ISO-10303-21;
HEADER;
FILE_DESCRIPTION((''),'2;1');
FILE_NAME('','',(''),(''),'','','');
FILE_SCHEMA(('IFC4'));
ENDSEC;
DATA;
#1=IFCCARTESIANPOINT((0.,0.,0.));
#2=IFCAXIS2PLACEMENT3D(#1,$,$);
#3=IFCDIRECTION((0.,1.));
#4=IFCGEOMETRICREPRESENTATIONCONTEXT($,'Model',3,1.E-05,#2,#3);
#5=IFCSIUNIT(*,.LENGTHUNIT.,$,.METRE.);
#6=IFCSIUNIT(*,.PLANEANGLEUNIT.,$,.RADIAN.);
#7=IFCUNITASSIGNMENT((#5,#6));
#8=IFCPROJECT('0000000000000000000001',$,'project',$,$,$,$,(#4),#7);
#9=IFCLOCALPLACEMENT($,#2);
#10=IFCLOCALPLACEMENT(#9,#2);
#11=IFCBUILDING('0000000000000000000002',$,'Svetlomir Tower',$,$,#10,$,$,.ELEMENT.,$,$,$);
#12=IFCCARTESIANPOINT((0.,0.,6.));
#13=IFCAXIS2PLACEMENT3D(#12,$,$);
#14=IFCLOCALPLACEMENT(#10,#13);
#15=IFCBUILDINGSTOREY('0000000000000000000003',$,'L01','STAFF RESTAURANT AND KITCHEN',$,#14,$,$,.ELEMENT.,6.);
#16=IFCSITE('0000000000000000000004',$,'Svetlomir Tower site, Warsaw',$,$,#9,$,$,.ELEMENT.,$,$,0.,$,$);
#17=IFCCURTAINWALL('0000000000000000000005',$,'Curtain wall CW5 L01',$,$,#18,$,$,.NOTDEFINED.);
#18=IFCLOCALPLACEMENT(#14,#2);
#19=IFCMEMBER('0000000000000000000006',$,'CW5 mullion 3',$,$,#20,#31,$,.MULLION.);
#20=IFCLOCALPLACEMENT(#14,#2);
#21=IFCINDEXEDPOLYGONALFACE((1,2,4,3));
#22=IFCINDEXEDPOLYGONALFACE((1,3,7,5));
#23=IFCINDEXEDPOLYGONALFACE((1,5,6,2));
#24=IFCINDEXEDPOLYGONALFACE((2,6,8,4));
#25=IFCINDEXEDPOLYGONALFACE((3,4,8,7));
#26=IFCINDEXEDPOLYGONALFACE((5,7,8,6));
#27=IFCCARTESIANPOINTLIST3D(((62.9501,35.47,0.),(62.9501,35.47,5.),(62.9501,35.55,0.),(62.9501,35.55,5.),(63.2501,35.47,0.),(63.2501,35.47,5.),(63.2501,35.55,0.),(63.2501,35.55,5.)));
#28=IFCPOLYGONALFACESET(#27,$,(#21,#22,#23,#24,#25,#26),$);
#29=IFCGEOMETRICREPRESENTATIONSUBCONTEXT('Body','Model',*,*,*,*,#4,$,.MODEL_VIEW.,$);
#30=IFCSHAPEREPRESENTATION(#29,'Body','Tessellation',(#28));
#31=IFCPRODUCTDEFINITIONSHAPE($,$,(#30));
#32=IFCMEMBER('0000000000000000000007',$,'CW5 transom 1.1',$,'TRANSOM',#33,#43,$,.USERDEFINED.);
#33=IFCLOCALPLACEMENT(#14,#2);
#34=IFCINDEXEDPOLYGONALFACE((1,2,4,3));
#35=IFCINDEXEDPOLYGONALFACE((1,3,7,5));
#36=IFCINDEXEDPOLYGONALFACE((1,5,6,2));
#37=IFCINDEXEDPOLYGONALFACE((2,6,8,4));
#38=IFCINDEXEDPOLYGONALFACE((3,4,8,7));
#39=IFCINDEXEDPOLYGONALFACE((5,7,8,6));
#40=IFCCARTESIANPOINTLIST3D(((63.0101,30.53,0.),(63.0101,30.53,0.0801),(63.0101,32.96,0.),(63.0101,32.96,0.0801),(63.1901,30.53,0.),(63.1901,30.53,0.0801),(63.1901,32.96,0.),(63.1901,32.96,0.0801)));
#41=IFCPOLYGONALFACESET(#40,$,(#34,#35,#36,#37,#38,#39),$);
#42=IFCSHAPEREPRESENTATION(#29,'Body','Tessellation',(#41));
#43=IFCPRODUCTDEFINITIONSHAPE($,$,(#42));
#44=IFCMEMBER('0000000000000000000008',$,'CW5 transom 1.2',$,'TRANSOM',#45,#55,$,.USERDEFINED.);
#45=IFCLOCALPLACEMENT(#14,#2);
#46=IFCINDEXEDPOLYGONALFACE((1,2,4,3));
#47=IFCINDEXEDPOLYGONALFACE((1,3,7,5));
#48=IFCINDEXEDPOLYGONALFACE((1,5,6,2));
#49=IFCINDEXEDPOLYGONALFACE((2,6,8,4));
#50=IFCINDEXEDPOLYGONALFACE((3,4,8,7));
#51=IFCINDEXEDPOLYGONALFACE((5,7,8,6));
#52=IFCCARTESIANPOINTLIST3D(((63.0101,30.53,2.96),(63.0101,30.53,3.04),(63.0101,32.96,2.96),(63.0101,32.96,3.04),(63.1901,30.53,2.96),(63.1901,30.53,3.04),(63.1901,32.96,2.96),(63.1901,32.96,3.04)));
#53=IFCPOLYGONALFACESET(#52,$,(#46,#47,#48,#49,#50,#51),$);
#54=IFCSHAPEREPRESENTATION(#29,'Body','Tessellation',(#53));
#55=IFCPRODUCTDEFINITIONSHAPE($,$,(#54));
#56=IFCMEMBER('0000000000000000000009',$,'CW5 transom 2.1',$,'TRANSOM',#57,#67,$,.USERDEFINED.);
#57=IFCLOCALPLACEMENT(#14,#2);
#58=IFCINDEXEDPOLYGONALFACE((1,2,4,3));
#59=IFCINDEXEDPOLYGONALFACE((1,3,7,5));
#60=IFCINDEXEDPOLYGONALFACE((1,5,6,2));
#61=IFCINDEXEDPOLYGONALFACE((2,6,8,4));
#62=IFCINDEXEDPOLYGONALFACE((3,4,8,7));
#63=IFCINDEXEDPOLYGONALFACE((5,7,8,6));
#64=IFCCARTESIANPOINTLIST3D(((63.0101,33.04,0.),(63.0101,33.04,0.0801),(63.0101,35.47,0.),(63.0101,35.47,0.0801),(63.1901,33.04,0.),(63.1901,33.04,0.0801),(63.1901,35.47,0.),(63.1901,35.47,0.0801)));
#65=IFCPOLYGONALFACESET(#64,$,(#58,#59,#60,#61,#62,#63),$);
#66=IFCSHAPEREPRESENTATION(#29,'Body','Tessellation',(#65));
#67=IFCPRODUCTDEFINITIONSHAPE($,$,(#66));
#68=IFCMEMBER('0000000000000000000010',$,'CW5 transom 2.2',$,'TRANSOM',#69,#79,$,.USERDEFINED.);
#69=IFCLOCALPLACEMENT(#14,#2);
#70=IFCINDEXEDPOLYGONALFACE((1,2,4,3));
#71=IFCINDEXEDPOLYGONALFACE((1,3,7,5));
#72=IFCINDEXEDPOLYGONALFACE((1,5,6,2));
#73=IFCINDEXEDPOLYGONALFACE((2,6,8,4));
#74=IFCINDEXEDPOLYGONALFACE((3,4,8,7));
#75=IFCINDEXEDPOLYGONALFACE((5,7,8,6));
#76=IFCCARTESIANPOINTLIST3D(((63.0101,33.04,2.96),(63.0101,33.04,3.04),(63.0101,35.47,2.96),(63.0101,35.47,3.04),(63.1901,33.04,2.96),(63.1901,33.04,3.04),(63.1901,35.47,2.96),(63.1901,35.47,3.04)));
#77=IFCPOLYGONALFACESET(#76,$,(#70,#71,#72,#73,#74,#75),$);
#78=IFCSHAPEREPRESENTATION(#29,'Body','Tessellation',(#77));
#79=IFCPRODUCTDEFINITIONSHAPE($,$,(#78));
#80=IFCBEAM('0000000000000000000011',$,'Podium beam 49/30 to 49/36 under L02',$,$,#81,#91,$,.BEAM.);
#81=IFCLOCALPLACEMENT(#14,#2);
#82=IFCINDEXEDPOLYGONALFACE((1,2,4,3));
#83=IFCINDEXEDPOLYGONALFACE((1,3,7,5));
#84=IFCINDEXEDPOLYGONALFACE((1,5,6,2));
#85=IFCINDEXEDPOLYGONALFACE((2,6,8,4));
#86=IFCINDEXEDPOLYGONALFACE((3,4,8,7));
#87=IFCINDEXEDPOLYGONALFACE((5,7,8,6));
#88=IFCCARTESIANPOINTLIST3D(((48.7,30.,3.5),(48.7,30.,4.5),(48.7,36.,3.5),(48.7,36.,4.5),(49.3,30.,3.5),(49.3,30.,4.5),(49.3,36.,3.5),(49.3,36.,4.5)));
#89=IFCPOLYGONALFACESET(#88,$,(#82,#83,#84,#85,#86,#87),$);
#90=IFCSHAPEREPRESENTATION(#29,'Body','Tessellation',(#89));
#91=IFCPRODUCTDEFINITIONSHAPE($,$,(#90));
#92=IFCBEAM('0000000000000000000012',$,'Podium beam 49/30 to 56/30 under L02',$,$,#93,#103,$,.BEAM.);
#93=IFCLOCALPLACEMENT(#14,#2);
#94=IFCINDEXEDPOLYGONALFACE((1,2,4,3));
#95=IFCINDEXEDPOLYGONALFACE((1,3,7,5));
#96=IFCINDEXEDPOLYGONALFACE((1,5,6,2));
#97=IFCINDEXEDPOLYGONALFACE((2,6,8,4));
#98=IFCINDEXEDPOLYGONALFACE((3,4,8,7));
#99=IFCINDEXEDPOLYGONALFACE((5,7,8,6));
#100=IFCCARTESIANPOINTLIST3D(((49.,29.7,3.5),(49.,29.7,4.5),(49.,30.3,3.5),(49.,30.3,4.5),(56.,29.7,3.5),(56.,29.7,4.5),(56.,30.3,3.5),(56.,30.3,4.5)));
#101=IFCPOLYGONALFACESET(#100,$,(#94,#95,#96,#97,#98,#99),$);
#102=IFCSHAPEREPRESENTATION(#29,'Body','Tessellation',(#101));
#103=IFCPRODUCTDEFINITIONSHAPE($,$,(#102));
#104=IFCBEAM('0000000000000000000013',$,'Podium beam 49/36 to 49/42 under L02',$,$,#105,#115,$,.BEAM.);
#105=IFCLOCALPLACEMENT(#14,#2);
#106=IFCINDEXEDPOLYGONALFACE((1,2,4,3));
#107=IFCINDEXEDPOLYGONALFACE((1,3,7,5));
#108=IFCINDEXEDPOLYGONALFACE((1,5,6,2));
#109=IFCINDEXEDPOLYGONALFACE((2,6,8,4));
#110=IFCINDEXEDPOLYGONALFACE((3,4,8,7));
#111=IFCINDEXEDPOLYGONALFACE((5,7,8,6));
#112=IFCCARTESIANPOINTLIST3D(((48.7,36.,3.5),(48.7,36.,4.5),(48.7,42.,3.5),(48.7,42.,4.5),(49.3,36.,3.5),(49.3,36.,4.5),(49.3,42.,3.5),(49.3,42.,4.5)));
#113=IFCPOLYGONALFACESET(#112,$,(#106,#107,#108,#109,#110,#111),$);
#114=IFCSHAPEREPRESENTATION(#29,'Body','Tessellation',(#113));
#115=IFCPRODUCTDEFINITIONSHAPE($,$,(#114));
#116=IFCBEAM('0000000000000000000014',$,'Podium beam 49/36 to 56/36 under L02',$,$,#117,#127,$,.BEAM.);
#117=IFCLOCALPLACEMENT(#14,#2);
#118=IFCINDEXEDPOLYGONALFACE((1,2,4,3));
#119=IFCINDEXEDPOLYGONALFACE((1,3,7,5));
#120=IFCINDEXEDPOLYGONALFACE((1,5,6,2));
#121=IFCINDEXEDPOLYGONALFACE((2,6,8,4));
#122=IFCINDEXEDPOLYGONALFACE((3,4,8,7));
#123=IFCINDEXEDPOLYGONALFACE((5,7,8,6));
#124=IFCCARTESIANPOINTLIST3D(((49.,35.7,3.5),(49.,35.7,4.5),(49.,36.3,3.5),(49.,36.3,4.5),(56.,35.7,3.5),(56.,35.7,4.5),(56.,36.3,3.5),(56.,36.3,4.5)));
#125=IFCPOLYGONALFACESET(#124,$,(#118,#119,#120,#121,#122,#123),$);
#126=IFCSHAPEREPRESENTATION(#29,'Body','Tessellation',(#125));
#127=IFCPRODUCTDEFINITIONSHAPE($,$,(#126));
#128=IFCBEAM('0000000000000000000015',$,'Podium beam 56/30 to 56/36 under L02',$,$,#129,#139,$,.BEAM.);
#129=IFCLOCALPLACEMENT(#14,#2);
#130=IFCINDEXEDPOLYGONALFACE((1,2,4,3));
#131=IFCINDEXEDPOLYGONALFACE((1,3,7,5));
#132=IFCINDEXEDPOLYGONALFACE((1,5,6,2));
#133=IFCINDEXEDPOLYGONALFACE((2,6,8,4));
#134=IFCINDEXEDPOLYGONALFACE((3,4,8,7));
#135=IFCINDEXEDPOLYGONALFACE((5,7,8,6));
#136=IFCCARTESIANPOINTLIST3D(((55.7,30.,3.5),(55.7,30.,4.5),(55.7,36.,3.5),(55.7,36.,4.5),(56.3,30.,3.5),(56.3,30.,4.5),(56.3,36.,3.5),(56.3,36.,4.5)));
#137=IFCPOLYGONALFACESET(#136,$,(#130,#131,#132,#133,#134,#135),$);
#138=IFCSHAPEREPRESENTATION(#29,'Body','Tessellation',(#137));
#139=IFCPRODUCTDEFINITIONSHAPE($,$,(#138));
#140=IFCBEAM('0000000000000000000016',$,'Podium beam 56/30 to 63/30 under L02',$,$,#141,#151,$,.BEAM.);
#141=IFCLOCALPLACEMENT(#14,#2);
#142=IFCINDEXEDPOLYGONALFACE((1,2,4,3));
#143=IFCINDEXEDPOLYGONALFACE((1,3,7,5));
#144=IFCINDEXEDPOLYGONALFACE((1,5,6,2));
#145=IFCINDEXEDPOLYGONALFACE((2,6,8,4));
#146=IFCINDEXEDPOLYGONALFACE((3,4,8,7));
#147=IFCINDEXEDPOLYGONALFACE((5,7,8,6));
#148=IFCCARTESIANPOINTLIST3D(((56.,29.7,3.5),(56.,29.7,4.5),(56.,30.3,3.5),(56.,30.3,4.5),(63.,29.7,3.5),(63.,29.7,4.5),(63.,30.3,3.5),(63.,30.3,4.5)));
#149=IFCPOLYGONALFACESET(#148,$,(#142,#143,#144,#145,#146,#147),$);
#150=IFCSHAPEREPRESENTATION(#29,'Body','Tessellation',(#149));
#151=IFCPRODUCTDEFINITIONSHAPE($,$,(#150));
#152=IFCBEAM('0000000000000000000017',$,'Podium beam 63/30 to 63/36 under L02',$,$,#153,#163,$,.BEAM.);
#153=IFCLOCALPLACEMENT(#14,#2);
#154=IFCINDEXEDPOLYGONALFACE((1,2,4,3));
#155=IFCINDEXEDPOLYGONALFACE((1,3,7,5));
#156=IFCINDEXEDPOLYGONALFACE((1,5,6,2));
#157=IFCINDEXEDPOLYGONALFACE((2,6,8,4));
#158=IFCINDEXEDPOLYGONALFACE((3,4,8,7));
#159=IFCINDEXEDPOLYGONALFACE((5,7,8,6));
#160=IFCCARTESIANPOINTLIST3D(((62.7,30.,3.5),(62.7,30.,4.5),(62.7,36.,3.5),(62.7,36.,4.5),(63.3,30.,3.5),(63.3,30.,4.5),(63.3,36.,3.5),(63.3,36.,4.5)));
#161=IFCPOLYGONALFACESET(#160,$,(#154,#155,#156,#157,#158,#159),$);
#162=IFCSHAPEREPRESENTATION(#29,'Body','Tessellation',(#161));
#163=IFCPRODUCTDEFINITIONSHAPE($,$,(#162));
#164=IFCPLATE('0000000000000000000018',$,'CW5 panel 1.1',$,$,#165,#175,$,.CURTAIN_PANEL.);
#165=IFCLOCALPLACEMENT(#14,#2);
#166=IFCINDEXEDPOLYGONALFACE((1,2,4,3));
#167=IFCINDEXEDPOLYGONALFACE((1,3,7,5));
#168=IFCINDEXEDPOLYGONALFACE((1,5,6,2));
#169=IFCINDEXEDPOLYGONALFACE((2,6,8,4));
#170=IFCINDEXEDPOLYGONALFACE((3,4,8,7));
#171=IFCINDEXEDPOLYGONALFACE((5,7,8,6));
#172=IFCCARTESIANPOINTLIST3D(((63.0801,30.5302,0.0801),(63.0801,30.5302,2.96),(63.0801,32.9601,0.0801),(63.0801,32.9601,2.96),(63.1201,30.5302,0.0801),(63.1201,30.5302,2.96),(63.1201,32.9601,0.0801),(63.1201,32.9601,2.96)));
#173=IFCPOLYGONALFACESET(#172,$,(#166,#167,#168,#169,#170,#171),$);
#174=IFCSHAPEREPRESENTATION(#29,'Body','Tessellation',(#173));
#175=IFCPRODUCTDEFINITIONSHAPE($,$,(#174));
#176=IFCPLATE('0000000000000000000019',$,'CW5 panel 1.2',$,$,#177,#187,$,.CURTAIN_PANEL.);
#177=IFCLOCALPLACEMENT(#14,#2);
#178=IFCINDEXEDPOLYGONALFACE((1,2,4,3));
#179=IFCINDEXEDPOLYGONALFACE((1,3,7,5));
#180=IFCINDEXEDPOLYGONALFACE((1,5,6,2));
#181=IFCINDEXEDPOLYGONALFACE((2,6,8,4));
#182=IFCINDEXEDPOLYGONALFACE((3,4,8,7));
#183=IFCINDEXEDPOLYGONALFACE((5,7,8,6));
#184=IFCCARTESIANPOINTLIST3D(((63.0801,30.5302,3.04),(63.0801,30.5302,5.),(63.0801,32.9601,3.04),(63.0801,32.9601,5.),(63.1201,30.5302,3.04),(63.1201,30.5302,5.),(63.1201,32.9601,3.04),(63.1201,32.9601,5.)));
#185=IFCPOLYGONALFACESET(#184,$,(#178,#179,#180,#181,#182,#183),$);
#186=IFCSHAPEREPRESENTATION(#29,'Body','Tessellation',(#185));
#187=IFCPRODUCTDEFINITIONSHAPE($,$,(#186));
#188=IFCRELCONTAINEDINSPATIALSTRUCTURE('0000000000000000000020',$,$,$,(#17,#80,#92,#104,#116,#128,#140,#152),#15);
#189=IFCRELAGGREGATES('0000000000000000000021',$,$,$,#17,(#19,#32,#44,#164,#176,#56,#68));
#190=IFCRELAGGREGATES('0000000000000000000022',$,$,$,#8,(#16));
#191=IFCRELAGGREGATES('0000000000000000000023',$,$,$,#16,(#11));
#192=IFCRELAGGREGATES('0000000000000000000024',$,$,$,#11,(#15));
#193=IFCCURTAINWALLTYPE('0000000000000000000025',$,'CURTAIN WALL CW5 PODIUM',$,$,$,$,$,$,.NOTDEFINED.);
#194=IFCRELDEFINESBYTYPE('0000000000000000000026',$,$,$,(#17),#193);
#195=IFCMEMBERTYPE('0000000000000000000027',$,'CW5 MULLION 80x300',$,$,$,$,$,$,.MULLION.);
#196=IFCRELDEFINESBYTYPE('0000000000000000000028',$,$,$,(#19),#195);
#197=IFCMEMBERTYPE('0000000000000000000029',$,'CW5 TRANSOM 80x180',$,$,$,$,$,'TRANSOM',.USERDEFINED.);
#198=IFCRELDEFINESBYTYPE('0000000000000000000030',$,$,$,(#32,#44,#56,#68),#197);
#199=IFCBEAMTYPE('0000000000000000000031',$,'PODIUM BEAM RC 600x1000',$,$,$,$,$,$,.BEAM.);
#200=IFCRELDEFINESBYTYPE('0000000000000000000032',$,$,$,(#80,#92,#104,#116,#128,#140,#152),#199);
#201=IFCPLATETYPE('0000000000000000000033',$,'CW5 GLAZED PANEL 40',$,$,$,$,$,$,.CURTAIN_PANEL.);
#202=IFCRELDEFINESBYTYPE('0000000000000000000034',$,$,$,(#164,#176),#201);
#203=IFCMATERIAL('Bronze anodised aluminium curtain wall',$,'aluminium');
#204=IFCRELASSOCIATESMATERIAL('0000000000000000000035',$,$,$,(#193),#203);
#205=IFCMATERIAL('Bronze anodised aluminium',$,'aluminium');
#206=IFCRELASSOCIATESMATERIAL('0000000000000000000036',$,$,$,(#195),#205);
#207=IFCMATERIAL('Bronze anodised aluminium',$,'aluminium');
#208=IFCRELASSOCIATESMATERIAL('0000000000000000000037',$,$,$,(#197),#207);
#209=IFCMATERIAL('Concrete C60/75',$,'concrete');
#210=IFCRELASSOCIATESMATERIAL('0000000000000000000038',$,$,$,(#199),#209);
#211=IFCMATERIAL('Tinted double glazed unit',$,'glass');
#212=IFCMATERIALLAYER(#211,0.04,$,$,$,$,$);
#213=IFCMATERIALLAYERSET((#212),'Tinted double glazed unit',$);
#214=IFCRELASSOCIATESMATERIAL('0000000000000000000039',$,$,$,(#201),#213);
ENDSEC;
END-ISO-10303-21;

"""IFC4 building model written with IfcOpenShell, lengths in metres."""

from ifc_helpers import new_model, si_unit, direction, frame, origin, origin_2d, place, context, subcontext, project, spatial, rectangle, extrude, material, layer, layer_set, material_profile, profile_set, type_object, element, aggregate, save


model = new_model("IFC4")

# Units and contexts
model_context = context("Model", 3, precision=1e-05, world=origin(), true_north=direction((0.0, 1.0)))
body_context = subcontext(model_context, "Body", "Model", "MODEL_VIEW")
ifc_project = project(units=[si_unit("LENGTHUNIT", "METRE"), si_unit("PLANEANGLEUNIT", "RADIAN")], contexts=[model_context])

# Site, building, storey
site_placement = place(None, origin())
site = spatial("IfcSite", under=ifc_project, at=site_placement, Name="Svetlomir Tower site, Warsaw", CompositionType="ELEMENT", RefElevation=0.0)
building_placement = place(site_placement, origin())
building = spatial("IfcBuilding", under=site, at=building_placement, Name="Svetlomir Tower", CompositionType="ELEMENT")
storey_placement = place(building_placement, frame((0.0, 0.0, 6.0)))
storey = spatial("IfcBuildingStorey", under=building, at=storey_placement, Name="L01", Description="STAFF RESTAURANT AND KITCHEN", CompositionType="ELEMENT", Elevation=6.0)

# Curtain wall, members
ifc_material_1 = material(Name="Bronze anodised aluminium curtain wall", Category="aluminium")
curtain_wall_type = type_object("IfcCurtainWallType", Name="CURTAIN WALL CW5 PODIUM", PredefinedType="NOTDEFINED", material=ifc_material_1)
curtain_wall_placement = place(storey_placement, origin())
curtain_wall = element("IfcCurtainWall", 1, at=curtain_wall_placement, inside=storey, type_object=curtain_wall_type, Name="Curtain wall CW5 L01", PredefinedType="NOTDEFINED")
ifc_material_2 = material(Name="Bronze anodised aluminium", Category="aluminium")
ifc_material_profile_1 = material_profile(ifc_material_2, rectangle(XDim=0.0801, YDim=0.3, at=origin_2d()), Name="AL 80x300")
ifc_profile_set_1 = profile_set([ifc_material_profile_1], Name="Bronze anodised aluminium 6063-T6")
member_type_1 = type_object("IfcMemberType", Name="CW5 MULLION 80x300", PredefinedType="MULLION", material=ifc_profile_set_1)
member_1_placement = place(storey_placement, frame((63.1001, 35.51, 0.0), z_axis=(0.0, 0.0, 1.0), x_axis=(0.0, 1.0, 0.0)))
member_1 = element("IfcMember", 2, at=member_1_placement, type_object=member_type_1, Name="CW5 mullion 3", PredefinedType="MULLION", context=body_context, shape_type="SweptSolid", body=[
    extrude(rectangle(XDim=0.0801, YDim=0.3, at=origin_2d()), origin(), (0.0, 0.0, 1.0), 5.0),
])
ifc_material_3 = material(Name="Bronze anodised aluminium", Category="aluminium")
ifc_material_profile_2 = material_profile(ifc_material_3, rectangle(XDim=0.1799, YDim=0.0801, at=origin_2d()), Name="AL 180x80")
ifc_profile_set_2 = profile_set([ifc_material_profile_2], Name="Bronze anodised aluminium 6063-T6")
member_type_2 = type_object("IfcMemberType", Name="CW5 TRANSOM 80x180", ElementType="TRANSOM", PredefinedType="USERDEFINED", material=ifc_profile_set_2)
member_2_placement = place(storey_placement, frame((63.1001, 30.53, 0.04), z_axis=(0.0, 1.0, 0.0), x_axis=(-1.0, 0.0, 0.0)))
member_2 = element("IfcMember", 3, at=member_2_placement, type_object=member_type_2, Name="CW5 transom 1.1", ObjectType="TRANSOM", PredefinedType="USERDEFINED", context=body_context, shape_type="SweptSolid", body=[
    extrude(rectangle(XDim=0.1799, YDim=0.0801, at=origin_2d()), origin(), (0.0, 0.0, 1.0), 2.4299),
])
member_3_placement = place(storey_placement, frame((63.1001, 30.53, 3.0), z_axis=(0.0, 1.0, 0.0), x_axis=(-1.0, 0.0, 0.0)))
member_3 = element("IfcMember", 4, at=member_3_placement, type_object=member_type_2, Name="CW5 transom 1.2", ObjectType="TRANSOM", PredefinedType="USERDEFINED", context=body_context, shape_type="SweptSolid", body=[
    extrude(rectangle(XDim=0.1799, YDim=0.0801, at=origin_2d()), origin(), (0.0, 0.0, 1.0), 2.4299),
])
member_4_placement = place(storey_placement, frame((63.1001, 33.04, 0.04), z_axis=(0.0, 1.0, 0.0), x_axis=(-1.0, 0.0, 0.0)))
member_4 = element("IfcMember", 5, at=member_4_placement, type_object=member_type_2, Name="CW5 transom 2.1", ObjectType="TRANSOM", PredefinedType="USERDEFINED", context=body_context, shape_type="SweptSolid", body=[
    extrude(rectangle(XDim=0.1799, YDim=0.0801, at=origin_2d()), origin(), (0.0, 0.0, 1.0), 2.4299),
])
member_5_placement = place(storey_placement, frame((63.1001, 33.04, 3.0), z_axis=(0.0, 1.0, 0.0), x_axis=(-1.0, 0.0, 0.0)))
member_5 = element("IfcMember", 6, at=member_5_placement, type_object=member_type_2, Name="CW5 transom 2.2", ObjectType="TRANSOM", PredefinedType="USERDEFINED", context=body_context, shape_type="SweptSolid", body=[
    extrude(rectangle(XDim=0.1799, YDim=0.0801, at=origin_2d()), origin(), (0.0, 0.0, 1.0), 2.4299),
])

# Beams
ifc_material_4 = material(Name="Concrete C60/75", Category="concrete")
ifc_material_profile_3 = material_profile(ifc_material_4, rectangle(XDim=0.6001, YDim=1.0, at=origin_2d()), Name="RC 600x1000")
ifc_profile_set_3 = profile_set([ifc_material_profile_3], Name="Concrete C60/75")
beam_type = type_object("IfcBeamType", Name="PODIUM BEAM RC 600x1000", PredefinedType="BEAM", material=ifc_profile_set_3)
beam_1_placement = place(storey_placement, frame((49.0, 30.0, 4.0), z_axis=(0.0, 1.0, 0.0), x_axis=(-1.0, 0.0, 0.0)))
element("IfcBeam", 7, at=beam_1_placement, inside=storey, type_object=beam_type, Name="Podium beam 49/30 to 49/36 under L02", PredefinedType="BEAM", context=body_context, shape_type="SweptSolid", body=[
    extrude(rectangle(XDim=0.6001, YDim=1.0, at=origin_2d()), origin(), (0.0, 0.0, 1.0), 6.0),
])
beam_2_placement = place(storey_placement, frame((49.0, 30.0, 4.0), z_axis=(1.0, 0.0, 0.0), x_axis=(0.0, 1.0, 0.0)))
element("IfcBeam", 8, at=beam_2_placement, inside=storey, type_object=beam_type, Name="Podium beam 49/30 to 56/30 under L02", PredefinedType="BEAM", context=body_context, shape_type="SweptSolid", body=[
    extrude(rectangle(XDim=0.6001, YDim=1.0, at=origin_2d()), origin(), (0.0, 0.0, 1.0), 7.0),
])
beam_3_placement = place(storey_placement, frame((49.0, 36.0, 4.0), z_axis=(0.0, 1.0, 0.0), x_axis=(-1.0, 0.0, 0.0)))
element("IfcBeam", 9, at=beam_3_placement, inside=storey, type_object=beam_type, Name="Podium beam 49/36 to 49/42 under L02", PredefinedType="BEAM", context=body_context, shape_type="SweptSolid", body=[
    extrude(rectangle(XDim=0.6001, YDim=1.0, at=origin_2d()), origin(), (0.0, 0.0, 1.0), 6.0),
])
beam_4_placement = place(storey_placement, frame((49.0, 36.0, 4.0), z_axis=(1.0, 0.0, 0.0), x_axis=(0.0, 1.0, 0.0)))
element("IfcBeam", 10, at=beam_4_placement, inside=storey, type_object=beam_type, Name="Podium beam 49/36 to 56/36 under L02", PredefinedType="BEAM", context=body_context, shape_type="SweptSolid", body=[
    extrude(rectangle(XDim=0.6001, YDim=1.0, at=origin_2d()), origin(), (0.0, 0.0, 1.0), 7.0),
])
beam_5_placement = place(storey_placement, frame((56.0, 30.0, 4.0), z_axis=(0.0, 1.0, 0.0), x_axis=(-1.0, 0.0, 0.0)))
element("IfcBeam", 11, at=beam_5_placement, inside=storey, type_object=beam_type, Name="Podium beam 56/30 to 56/36 under L02", PredefinedType="BEAM", context=body_context, shape_type="SweptSolid", body=[
    extrude(rectangle(XDim=0.6001, YDim=1.0, at=origin_2d()), origin(), (0.0, 0.0, 1.0), 6.0),
])
beam_6_placement = place(storey_placement, frame((56.0, 30.0, 4.0), z_axis=(1.0, 0.0, 0.0), x_axis=(0.0, 1.0, 0.0)))
element("IfcBeam", 12, at=beam_6_placement, inside=storey, type_object=beam_type, Name="Podium beam 56/30 to 63/30 under L02", PredefinedType="BEAM", context=body_context, shape_type="SweptSolid", body=[
    extrude(rectangle(XDim=0.6001, YDim=1.0, at=origin_2d()), origin(), (0.0, 0.0, 1.0), 7.0),
])
beam_7_placement = place(storey_placement, frame((63.0, 30.0, 4.0), z_axis=(0.0, 1.0, 0.0), x_axis=(-1.0, 0.0, 0.0)))
element("IfcBeam", 13, at=beam_7_placement, inside=storey, type_object=beam_type, Name="Podium beam 63/30 to 63/36 under L02", PredefinedType="BEAM", context=body_context, shape_type="SweptSolid", body=[
    extrude(rectangle(XDim=0.6001, YDim=1.0, at=origin_2d()), origin(), (0.0, 0.0, 1.0), 6.0),
])

# Plates
ifc_material_5 = material(Name="Tinted double glazed unit", Category="glass")
ifc_layer_1 = layer(ifc_material_5, 0.04)
ifc_layer_set_1 = layer_set([ifc_layer_1], Name="Tinted double glazed unit")
plate_type = type_object("IfcPlateType", Name="CW5 GLAZED PANEL 40", PredefinedType="CURTAIN_PANEL", material=ifc_layer_set_1)
plate_1_placement = place(storey_placement, frame((63.1001, 31.7451, 0.0801), z_axis=(0.0, 0.0, 1.0), x_axis=(0.0, 1.0, 0.0)))
plate_1 = element("IfcPlate", 14, at=plate_1_placement, type_object=plate_type, Name="CW5 panel 1.1", PredefinedType="CURTAIN_PANEL", context=body_context, shape_type="SweptSolid", body=[
    extrude(rectangle(XDim=2.4299, YDim=0.04, at=origin_2d()), origin(), (0.0, 0.0, 1.0), 2.8799),
])
plate_2_placement = place(storey_placement, frame((63.1001, 31.7451, 3.04), z_axis=(0.0, 0.0, 1.0), x_axis=(0.0, 1.0, 0.0)))
plate_2 = element("IfcPlate", 15, at=plate_2_placement, type_object=plate_type, Name="CW5 panel 1.2", PredefinedType="CURTAIN_PANEL", context=body_context, shape_type="SweptSolid", body=[
    extrude(rectangle(XDim=2.4299, YDim=0.04, at=origin_2d()), origin(), (0.0, 0.0, 1.0), 1.96),
])
aggregate(curtain_wall, [member_1, member_2, member_3, plate_1, plate_2, member_4, member_5])

save(model, "model.ifc")
